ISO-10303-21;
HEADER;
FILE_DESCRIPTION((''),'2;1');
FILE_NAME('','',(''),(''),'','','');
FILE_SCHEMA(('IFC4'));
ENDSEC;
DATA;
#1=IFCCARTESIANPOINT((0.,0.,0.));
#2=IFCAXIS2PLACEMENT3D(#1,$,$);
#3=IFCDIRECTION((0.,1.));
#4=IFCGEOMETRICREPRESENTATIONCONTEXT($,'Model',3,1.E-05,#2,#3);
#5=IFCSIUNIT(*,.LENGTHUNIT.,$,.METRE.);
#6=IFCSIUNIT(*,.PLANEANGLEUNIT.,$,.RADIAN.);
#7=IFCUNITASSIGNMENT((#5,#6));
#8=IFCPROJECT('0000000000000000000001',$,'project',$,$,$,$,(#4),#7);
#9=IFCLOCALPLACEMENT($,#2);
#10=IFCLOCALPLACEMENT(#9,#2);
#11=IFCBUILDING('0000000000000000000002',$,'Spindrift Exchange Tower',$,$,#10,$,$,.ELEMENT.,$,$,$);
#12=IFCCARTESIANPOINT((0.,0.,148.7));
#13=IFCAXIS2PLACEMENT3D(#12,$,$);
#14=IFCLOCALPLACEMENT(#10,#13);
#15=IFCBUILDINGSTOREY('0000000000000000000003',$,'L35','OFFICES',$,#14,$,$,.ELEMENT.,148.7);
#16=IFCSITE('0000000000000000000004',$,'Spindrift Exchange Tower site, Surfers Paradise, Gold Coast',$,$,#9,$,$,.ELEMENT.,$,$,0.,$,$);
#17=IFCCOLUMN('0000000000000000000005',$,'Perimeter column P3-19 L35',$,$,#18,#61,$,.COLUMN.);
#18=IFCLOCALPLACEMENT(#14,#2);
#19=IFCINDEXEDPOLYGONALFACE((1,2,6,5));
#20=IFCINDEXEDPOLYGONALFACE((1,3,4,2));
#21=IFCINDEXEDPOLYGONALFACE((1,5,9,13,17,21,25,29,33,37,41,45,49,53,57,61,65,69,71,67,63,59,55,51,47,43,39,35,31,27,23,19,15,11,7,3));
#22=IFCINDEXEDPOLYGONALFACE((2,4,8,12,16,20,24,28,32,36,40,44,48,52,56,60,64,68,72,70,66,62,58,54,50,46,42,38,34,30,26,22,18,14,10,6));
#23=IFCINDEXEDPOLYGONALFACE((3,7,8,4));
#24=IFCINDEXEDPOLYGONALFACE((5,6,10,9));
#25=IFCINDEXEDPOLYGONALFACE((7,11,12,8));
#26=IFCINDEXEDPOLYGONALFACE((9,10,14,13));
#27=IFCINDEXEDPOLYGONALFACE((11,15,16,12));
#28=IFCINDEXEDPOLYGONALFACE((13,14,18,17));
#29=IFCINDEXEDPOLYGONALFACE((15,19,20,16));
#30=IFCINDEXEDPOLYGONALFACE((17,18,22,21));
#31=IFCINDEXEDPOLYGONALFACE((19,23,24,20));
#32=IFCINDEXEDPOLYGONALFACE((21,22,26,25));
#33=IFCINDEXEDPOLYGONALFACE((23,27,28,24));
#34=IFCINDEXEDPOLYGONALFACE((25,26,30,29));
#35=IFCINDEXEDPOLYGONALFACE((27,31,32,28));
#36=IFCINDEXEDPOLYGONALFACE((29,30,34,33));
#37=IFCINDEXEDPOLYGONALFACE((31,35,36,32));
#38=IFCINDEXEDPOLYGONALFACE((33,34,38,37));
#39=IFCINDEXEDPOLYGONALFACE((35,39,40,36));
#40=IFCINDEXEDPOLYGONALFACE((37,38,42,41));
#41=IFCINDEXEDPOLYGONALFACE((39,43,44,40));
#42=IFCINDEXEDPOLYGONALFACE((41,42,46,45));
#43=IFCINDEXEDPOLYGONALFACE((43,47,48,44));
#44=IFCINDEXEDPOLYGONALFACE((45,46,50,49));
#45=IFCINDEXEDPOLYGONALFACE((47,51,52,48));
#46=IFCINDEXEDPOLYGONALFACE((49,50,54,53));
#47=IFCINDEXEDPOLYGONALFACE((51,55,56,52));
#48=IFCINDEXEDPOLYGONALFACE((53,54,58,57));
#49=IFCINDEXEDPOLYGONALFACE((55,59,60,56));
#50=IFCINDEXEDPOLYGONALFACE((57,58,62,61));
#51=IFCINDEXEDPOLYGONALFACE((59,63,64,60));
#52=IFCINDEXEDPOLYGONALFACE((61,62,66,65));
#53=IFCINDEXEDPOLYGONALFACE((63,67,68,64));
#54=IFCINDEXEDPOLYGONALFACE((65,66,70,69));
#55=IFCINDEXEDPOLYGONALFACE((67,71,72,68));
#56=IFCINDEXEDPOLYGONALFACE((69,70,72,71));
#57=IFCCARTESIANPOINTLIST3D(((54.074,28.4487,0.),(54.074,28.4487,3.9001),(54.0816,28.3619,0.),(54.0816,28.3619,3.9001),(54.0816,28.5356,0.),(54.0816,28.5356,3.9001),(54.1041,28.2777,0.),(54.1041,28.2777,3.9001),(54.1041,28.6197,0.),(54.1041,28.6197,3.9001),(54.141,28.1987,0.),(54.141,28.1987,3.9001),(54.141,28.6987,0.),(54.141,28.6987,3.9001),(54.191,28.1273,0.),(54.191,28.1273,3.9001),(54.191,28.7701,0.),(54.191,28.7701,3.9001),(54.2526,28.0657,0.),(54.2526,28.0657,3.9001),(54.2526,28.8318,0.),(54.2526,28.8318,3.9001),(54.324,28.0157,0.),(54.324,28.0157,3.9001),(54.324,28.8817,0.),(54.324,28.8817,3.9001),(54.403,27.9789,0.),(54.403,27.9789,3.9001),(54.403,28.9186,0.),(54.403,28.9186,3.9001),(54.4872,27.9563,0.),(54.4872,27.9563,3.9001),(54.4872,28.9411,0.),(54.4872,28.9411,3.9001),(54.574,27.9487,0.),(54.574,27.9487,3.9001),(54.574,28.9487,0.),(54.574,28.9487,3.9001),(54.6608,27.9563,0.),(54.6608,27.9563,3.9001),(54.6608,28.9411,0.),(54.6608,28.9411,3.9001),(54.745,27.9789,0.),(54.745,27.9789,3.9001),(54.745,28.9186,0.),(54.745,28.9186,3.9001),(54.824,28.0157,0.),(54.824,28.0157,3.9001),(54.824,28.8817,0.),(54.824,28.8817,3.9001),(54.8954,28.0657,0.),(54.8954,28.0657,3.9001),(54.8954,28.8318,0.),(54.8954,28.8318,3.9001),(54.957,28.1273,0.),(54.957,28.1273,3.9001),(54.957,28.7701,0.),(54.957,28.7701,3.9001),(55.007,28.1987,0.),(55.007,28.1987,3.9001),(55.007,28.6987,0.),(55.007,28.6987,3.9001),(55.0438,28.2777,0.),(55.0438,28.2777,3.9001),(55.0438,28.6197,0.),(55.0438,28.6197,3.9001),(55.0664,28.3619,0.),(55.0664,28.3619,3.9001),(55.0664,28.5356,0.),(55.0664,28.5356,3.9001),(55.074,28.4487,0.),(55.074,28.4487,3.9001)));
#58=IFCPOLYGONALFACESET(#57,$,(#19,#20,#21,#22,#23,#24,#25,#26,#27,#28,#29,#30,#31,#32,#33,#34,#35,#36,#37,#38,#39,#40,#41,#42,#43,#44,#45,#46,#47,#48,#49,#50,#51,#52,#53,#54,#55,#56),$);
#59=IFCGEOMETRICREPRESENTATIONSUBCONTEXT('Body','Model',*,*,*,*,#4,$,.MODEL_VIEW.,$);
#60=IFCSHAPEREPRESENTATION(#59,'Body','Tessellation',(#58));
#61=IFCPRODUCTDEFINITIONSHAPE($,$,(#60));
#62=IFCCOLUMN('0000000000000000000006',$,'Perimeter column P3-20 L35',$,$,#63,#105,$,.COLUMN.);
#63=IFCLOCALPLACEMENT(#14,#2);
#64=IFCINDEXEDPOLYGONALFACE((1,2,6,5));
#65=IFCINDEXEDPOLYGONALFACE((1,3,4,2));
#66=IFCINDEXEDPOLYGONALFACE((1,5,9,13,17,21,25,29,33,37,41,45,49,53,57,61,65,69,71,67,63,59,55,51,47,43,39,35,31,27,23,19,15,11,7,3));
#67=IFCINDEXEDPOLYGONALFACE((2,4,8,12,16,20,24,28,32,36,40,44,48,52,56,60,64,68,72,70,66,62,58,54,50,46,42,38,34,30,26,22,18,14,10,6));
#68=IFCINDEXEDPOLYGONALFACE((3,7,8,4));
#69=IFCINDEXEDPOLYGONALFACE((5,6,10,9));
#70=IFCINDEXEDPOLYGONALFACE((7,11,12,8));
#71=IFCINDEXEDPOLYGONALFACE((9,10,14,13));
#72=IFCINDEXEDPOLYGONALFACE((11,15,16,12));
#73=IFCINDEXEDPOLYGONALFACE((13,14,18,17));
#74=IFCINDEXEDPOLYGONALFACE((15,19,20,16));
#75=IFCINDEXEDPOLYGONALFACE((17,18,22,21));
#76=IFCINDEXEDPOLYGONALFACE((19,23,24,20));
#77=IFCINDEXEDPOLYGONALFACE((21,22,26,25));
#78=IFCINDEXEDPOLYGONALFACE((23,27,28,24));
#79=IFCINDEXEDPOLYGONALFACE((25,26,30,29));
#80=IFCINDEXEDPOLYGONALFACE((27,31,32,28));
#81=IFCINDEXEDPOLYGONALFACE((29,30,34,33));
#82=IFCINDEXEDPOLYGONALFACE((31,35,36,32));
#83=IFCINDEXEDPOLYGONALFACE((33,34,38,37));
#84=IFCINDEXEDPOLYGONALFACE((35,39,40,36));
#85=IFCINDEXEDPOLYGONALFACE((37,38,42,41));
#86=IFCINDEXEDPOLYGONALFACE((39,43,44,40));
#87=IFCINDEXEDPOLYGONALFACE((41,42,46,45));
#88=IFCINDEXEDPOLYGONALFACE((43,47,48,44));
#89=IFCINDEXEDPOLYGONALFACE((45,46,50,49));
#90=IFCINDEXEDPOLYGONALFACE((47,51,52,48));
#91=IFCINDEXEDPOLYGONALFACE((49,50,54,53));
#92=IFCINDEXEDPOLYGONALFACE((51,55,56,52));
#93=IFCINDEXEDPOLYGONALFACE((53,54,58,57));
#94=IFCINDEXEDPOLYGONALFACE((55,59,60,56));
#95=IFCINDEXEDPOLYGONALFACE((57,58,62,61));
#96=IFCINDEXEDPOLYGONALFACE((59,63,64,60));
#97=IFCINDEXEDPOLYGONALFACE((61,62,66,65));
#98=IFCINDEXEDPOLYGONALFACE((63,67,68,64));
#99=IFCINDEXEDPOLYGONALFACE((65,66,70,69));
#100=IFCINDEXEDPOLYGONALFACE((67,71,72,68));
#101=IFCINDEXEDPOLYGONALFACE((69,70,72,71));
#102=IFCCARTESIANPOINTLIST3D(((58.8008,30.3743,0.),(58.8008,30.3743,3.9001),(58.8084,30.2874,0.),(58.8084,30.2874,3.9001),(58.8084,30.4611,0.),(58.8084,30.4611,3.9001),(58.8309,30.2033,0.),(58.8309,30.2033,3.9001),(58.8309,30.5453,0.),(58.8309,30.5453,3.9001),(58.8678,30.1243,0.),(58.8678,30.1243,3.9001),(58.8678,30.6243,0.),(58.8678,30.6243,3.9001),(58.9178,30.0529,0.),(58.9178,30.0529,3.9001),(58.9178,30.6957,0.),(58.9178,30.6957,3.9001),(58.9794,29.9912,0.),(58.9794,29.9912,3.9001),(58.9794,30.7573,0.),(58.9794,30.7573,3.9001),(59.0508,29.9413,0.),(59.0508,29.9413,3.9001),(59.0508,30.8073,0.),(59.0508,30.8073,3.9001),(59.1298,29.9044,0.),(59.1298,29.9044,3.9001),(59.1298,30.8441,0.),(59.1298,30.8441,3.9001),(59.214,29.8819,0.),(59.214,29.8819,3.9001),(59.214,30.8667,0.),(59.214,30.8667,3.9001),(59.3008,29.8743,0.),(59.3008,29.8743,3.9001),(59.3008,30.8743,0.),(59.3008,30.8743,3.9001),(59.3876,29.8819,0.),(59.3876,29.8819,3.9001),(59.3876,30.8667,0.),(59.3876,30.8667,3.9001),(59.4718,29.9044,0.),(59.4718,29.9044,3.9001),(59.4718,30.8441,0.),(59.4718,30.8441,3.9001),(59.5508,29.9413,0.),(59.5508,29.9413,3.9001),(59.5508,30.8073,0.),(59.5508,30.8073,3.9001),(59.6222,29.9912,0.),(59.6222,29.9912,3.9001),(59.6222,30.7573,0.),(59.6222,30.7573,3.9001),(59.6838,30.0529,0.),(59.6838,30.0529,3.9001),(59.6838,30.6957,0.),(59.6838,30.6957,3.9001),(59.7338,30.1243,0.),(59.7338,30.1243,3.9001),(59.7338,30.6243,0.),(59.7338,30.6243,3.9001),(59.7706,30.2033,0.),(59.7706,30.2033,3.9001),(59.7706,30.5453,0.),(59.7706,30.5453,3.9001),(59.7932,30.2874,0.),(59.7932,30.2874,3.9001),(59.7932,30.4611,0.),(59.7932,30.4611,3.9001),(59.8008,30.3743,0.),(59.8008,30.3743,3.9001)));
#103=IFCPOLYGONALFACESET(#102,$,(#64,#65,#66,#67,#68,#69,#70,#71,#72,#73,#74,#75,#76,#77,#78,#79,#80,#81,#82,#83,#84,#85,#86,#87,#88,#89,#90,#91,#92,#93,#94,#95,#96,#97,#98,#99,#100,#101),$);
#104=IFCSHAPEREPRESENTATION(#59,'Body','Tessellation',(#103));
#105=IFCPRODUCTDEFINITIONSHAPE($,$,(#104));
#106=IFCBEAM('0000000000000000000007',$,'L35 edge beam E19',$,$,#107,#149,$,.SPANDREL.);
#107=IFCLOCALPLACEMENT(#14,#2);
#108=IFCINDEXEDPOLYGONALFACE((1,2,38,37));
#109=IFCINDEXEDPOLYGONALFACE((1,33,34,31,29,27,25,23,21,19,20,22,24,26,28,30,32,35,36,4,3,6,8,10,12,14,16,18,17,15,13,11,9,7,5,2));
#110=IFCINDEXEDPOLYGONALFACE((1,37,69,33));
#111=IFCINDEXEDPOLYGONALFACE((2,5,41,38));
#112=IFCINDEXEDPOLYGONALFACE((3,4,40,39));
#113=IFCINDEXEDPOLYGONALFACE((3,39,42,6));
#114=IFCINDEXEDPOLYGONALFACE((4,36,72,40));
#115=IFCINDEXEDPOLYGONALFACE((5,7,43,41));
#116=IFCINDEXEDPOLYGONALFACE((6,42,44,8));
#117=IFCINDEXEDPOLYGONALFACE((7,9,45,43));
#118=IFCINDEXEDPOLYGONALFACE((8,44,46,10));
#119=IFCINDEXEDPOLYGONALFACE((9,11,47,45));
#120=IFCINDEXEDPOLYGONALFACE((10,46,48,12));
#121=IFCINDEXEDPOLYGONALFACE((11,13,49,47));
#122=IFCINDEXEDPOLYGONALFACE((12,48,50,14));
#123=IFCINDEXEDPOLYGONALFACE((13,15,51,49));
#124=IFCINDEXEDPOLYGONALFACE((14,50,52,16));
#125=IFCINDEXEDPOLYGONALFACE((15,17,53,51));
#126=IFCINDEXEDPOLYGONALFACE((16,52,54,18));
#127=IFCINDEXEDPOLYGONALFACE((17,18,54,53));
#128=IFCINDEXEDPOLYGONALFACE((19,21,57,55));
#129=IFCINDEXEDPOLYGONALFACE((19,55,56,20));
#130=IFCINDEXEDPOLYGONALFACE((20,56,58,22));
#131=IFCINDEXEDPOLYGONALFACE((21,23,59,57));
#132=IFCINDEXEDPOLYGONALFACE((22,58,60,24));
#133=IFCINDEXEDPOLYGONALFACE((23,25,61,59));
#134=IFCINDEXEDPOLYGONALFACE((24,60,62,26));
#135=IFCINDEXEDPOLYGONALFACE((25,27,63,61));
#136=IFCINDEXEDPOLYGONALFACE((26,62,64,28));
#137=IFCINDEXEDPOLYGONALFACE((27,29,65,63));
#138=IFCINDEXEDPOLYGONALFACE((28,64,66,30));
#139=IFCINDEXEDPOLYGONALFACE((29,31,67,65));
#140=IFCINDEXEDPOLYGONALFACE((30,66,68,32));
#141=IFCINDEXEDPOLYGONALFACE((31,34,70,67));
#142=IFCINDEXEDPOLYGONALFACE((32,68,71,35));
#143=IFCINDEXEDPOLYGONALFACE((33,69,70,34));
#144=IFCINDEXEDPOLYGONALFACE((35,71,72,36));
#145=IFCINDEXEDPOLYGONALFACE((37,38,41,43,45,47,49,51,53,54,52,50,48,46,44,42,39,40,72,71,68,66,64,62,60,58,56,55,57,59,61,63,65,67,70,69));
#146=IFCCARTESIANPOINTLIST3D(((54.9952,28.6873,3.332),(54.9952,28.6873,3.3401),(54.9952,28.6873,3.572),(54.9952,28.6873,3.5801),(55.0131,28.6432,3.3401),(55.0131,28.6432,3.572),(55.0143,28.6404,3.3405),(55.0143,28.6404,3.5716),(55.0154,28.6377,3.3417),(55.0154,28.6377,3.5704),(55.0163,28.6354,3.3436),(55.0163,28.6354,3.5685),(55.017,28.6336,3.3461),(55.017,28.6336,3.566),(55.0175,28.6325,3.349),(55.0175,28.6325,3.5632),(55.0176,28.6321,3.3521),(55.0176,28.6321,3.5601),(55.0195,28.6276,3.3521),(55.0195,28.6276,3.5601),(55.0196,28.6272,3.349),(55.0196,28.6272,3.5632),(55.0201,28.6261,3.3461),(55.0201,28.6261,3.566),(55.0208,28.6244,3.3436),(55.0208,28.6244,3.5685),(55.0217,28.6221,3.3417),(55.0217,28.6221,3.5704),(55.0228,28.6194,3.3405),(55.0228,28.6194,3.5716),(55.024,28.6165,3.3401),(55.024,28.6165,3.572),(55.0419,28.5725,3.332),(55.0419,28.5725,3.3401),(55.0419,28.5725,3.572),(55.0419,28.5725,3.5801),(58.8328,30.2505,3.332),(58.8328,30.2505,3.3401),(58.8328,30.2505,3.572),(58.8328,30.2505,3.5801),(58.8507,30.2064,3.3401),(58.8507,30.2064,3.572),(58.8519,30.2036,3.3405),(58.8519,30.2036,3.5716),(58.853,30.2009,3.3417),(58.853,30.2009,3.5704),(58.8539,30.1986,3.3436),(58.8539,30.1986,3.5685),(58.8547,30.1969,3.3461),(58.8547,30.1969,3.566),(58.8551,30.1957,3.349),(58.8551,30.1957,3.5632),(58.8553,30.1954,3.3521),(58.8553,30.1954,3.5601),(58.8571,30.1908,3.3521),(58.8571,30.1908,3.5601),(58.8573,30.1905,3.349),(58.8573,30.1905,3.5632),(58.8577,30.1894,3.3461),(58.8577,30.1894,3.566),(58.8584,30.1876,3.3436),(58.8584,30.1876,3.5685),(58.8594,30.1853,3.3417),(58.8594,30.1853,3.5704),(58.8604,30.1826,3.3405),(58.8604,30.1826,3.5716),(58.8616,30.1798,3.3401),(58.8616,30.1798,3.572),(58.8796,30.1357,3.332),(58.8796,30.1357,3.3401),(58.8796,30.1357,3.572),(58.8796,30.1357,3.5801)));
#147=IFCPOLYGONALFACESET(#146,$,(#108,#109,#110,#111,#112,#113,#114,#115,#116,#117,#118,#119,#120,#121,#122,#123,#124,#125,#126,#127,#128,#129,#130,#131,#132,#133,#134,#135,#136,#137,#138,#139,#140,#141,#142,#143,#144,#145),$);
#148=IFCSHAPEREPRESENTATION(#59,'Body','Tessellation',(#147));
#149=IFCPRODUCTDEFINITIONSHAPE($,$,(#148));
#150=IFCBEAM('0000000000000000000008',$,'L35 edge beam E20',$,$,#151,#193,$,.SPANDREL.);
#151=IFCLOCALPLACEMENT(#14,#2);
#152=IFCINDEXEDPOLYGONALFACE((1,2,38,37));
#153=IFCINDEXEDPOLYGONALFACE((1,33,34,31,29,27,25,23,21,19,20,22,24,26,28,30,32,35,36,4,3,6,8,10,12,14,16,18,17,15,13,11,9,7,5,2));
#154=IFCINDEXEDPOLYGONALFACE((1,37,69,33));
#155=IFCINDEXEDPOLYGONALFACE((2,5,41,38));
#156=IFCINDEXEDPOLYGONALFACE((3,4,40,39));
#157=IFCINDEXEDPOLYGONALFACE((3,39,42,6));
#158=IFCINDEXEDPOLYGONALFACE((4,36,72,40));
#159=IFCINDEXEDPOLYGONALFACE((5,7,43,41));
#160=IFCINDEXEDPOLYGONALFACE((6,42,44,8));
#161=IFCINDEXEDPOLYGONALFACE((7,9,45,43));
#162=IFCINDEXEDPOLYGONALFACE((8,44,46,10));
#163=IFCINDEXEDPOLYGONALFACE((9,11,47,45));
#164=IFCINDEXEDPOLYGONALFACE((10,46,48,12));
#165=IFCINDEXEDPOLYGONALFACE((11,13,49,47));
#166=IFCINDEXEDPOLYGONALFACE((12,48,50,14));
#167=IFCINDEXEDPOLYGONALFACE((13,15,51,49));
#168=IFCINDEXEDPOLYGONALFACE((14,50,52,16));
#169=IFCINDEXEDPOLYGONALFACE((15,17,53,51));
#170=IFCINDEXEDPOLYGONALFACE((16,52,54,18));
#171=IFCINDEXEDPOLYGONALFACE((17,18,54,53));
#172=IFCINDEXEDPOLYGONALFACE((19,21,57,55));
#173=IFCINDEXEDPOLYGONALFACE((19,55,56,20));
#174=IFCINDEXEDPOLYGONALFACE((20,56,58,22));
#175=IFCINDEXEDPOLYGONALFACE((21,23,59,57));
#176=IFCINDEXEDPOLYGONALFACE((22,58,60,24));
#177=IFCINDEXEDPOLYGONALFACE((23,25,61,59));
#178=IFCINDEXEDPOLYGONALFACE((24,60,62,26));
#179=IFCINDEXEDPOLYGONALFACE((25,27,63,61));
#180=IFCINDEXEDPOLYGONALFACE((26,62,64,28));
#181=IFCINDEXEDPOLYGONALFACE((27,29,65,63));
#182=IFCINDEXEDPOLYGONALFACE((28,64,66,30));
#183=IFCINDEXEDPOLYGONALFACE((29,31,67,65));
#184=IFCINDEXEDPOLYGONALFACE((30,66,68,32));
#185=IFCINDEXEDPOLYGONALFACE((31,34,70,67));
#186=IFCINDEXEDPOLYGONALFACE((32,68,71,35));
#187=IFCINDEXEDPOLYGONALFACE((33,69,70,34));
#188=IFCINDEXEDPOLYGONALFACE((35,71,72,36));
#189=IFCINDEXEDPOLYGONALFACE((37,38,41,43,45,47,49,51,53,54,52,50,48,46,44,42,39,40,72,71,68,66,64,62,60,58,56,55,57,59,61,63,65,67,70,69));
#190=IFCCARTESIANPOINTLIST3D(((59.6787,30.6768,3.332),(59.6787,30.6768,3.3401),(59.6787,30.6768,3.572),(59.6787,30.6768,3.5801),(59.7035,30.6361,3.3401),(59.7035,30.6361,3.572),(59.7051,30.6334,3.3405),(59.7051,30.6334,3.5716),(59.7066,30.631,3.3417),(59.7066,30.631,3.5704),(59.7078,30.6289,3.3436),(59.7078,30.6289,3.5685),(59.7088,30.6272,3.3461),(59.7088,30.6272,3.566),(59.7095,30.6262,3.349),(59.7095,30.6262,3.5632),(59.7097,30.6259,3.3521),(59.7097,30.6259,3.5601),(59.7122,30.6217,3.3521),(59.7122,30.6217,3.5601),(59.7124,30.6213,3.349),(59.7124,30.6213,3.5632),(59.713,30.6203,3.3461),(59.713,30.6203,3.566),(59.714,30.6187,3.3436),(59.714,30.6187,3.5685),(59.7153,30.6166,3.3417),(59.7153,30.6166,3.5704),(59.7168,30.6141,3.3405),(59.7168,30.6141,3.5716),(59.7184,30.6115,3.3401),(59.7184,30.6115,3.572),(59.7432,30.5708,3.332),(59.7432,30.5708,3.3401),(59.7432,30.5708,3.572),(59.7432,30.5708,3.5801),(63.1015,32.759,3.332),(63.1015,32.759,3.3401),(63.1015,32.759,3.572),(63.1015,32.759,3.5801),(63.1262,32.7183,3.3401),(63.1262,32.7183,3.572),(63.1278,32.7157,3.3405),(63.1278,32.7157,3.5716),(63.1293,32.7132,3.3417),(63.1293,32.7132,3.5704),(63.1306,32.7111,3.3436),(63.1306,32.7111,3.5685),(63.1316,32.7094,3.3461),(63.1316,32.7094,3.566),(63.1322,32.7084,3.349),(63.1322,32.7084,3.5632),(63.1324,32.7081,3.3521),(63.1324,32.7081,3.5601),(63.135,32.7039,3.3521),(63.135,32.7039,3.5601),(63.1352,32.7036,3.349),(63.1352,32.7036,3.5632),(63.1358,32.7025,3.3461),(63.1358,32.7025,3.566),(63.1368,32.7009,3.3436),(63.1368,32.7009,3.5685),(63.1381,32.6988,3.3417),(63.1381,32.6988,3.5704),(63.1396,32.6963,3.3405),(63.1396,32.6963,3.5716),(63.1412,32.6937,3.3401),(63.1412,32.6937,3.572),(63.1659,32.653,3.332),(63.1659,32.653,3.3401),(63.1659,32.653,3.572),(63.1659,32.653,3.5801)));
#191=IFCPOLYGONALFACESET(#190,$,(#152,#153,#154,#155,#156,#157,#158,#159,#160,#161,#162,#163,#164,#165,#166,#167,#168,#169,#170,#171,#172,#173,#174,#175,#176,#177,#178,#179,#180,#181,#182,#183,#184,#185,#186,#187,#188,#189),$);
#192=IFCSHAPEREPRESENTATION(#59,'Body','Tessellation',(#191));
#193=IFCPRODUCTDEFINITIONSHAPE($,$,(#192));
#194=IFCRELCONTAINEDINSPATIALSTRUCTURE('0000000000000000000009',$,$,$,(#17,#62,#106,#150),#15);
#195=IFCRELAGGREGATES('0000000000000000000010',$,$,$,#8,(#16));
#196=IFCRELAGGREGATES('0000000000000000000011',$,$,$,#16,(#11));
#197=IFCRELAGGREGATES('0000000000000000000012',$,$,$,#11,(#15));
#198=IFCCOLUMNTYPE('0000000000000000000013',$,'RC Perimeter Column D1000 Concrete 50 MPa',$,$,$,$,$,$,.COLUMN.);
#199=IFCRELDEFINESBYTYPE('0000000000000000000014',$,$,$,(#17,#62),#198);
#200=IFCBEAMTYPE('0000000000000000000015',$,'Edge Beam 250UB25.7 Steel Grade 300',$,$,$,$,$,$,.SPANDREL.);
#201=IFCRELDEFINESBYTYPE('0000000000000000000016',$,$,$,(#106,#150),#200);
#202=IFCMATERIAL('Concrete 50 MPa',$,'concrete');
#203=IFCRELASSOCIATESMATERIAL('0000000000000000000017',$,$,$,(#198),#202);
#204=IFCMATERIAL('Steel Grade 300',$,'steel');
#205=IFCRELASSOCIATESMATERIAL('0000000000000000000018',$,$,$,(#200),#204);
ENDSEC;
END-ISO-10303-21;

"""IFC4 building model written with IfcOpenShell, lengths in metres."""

from ifc_helpers import new_model, si_unit, direction, frame, origin, origin_2d, place, context, subcontext, project, spatial, circle, i_section, extrude, source, transform, mapped, material, material_profile, profile_set, type_object, element, save


model = new_model("IFC4")

# Units and contexts
model_context = context("Model", 3, precision=1e-05, world=origin(), true_north=direction((0.0, 1.0)))
body_context = subcontext(model_context, "Body", "Model", "MODEL_VIEW")
ifc_project = project(units=[si_unit("LENGTHUNIT", "METRE"), si_unit("PLANEANGLEUNIT", "RADIAN")], contexts=[model_context])

# Site, building, storey
site_placement = place(None, origin())
site = spatial("IfcSite", under=ifc_project, at=site_placement, Name="Spindrift Exchange Tower site, Surfers Paradise, Gold Coast", CompositionType="ELEMENT", RefElevation=0.0)
building_placement = place(site_placement, origin())
building = spatial("IfcBuilding", under=site, at=building_placement, Name="Spindrift Exchange Tower", CompositionType="ELEMENT")
storey_placement = place(building_placement, frame((0.0, 0.0, 148.7)))
storey = spatial("IfcBuildingStorey", under=building, at=storey_placement, Name="L35", Description="OFFICES", CompositionType="ELEMENT", Elevation=148.7)

# Columns
ifc_material_1 = material(Name="Concrete 50 MPa", Category="concrete")
ifc_material_profile_1 = material_profile(ifc_material_1, circle(Radius=0.5, at=origin_2d()), Name="RC D1000")
ifc_profile_set_1 = profile_set([ifc_material_profile_1], Name="Concrete 50 MPa")
column_type = type_object("IfcColumnType", Name="RC Perimeter Column D1000 Concrete 50 MPa", PredefinedType="COLUMN", material=ifc_profile_set_1)
shared_shape_1 = source(origin(), body_context, "Body", "SweptSolid", [
    extrude(circle(Radius=0.5, at=origin_2d()), origin(), (0.0, 0.0, 1.0), 3.9001),
])
for number, where, z_axis, x_axis, name in (
    (1, (54.574, 28.4487, 0.0), (0.0, 0.0, 1.0), (1.0, 0.0, 0.0), "Perimeter column P3-19 L35"),
    (2, (59.3008, 30.3743, 0.0), (0.0, 0.0, 1.0), (1.0, 0.0, 0.0), "Perimeter column P3-20 L35"),
):
    element("IfcColumn", number, at=place(storey_placement, frame(where, z_axis=z_axis, x_axis=x_axis)), inside=storey, type_object=column_type, Name=name, PredefinedType="COLUMN", context=body_context, shape_type="MappedRepresentation", body=[
        mapped(shared_shape_1, transform((0.0, 0.0, 0.0), scale=1.0)),
    ])

# Beams
ifc_material_2 = material(Name="Steel Grade 300", Category="steel")
ifc_material_profile_2 = material_profile(ifc_material_2, i_section(OverallWidth=0.124, OverallDepth=0.248, WebThickness=0.0049, FlangeThickness=0.0081, FilletRadius=0.012, at=origin_2d()), Name="250UB25.7")
ifc_profile_set_2 = profile_set([ifc_material_profile_2], Name="Steel Grade 300")
beam_type_1 = type_object("IfcBeamType", Name="Edge Beam 250UB25.7 Steel Grade 300", PredefinedType="SPANDREL", material=ifc_profile_set_2)
shared_shape_2 = source(origin(), body_context, "Body", "SweptSolid", [
    extrude(i_section(OverallWidth=0.124, OverallDepth=0.248, WebThickness=0.0049, FlangeThickness=0.0081, FilletRadius=0.012, at=origin_2d()), origin(), (0.0, 0.0, 1.0), 4.1438),
])
beam_1_placement = place(storey_placement, frame((55.0186, 28.6299, 3.4561), z_axis=(0.926114, 0.377244, 0.0), x_axis=(-0.377244, 0.926114, 0.0)))
element("IfcBeam", 3, at=beam_1_placement, inside=storey, type_object=beam_type_1, Name="L35 edge beam E19", PredefinedType="SPANDREL", context=body_context, shape_type="MappedRepresentation", body=[
    mapped(shared_shape_2, transform((0.0, 0.0, 0.0), scale=1.0)),
])
shared_shape_3 = source(origin(), body_context, "Body", "SweptSolid", [
    extrude(i_section(OverallWidth=0.124, OverallDepth=0.248, WebThickness=0.0049, FlangeThickness=0.0081, FilletRadius=0.012, at=origin_2d()), origin(), (0.0, 0.0, 1.0), 4.0063),
])
beam_2_placement = place(storey_placement, frame((59.7109, 30.6238, 3.4561), z_axis=(0.854331, 0.519728, 0.0), x_axis=(-0.519728, 0.854331, 0.0)))
element("IfcBeam", 4, at=beam_2_placement, inside=storey, type_object=beam_type_1, Name="L35 edge beam E20", PredefinedType="SPANDREL", context=body_context, shape_type="MappedRepresentation", body=[
    mapped(shared_shape_3, transform((0.0, 0.0, 0.0), scale=1.0)),
])

save(model, "model.ifc")
